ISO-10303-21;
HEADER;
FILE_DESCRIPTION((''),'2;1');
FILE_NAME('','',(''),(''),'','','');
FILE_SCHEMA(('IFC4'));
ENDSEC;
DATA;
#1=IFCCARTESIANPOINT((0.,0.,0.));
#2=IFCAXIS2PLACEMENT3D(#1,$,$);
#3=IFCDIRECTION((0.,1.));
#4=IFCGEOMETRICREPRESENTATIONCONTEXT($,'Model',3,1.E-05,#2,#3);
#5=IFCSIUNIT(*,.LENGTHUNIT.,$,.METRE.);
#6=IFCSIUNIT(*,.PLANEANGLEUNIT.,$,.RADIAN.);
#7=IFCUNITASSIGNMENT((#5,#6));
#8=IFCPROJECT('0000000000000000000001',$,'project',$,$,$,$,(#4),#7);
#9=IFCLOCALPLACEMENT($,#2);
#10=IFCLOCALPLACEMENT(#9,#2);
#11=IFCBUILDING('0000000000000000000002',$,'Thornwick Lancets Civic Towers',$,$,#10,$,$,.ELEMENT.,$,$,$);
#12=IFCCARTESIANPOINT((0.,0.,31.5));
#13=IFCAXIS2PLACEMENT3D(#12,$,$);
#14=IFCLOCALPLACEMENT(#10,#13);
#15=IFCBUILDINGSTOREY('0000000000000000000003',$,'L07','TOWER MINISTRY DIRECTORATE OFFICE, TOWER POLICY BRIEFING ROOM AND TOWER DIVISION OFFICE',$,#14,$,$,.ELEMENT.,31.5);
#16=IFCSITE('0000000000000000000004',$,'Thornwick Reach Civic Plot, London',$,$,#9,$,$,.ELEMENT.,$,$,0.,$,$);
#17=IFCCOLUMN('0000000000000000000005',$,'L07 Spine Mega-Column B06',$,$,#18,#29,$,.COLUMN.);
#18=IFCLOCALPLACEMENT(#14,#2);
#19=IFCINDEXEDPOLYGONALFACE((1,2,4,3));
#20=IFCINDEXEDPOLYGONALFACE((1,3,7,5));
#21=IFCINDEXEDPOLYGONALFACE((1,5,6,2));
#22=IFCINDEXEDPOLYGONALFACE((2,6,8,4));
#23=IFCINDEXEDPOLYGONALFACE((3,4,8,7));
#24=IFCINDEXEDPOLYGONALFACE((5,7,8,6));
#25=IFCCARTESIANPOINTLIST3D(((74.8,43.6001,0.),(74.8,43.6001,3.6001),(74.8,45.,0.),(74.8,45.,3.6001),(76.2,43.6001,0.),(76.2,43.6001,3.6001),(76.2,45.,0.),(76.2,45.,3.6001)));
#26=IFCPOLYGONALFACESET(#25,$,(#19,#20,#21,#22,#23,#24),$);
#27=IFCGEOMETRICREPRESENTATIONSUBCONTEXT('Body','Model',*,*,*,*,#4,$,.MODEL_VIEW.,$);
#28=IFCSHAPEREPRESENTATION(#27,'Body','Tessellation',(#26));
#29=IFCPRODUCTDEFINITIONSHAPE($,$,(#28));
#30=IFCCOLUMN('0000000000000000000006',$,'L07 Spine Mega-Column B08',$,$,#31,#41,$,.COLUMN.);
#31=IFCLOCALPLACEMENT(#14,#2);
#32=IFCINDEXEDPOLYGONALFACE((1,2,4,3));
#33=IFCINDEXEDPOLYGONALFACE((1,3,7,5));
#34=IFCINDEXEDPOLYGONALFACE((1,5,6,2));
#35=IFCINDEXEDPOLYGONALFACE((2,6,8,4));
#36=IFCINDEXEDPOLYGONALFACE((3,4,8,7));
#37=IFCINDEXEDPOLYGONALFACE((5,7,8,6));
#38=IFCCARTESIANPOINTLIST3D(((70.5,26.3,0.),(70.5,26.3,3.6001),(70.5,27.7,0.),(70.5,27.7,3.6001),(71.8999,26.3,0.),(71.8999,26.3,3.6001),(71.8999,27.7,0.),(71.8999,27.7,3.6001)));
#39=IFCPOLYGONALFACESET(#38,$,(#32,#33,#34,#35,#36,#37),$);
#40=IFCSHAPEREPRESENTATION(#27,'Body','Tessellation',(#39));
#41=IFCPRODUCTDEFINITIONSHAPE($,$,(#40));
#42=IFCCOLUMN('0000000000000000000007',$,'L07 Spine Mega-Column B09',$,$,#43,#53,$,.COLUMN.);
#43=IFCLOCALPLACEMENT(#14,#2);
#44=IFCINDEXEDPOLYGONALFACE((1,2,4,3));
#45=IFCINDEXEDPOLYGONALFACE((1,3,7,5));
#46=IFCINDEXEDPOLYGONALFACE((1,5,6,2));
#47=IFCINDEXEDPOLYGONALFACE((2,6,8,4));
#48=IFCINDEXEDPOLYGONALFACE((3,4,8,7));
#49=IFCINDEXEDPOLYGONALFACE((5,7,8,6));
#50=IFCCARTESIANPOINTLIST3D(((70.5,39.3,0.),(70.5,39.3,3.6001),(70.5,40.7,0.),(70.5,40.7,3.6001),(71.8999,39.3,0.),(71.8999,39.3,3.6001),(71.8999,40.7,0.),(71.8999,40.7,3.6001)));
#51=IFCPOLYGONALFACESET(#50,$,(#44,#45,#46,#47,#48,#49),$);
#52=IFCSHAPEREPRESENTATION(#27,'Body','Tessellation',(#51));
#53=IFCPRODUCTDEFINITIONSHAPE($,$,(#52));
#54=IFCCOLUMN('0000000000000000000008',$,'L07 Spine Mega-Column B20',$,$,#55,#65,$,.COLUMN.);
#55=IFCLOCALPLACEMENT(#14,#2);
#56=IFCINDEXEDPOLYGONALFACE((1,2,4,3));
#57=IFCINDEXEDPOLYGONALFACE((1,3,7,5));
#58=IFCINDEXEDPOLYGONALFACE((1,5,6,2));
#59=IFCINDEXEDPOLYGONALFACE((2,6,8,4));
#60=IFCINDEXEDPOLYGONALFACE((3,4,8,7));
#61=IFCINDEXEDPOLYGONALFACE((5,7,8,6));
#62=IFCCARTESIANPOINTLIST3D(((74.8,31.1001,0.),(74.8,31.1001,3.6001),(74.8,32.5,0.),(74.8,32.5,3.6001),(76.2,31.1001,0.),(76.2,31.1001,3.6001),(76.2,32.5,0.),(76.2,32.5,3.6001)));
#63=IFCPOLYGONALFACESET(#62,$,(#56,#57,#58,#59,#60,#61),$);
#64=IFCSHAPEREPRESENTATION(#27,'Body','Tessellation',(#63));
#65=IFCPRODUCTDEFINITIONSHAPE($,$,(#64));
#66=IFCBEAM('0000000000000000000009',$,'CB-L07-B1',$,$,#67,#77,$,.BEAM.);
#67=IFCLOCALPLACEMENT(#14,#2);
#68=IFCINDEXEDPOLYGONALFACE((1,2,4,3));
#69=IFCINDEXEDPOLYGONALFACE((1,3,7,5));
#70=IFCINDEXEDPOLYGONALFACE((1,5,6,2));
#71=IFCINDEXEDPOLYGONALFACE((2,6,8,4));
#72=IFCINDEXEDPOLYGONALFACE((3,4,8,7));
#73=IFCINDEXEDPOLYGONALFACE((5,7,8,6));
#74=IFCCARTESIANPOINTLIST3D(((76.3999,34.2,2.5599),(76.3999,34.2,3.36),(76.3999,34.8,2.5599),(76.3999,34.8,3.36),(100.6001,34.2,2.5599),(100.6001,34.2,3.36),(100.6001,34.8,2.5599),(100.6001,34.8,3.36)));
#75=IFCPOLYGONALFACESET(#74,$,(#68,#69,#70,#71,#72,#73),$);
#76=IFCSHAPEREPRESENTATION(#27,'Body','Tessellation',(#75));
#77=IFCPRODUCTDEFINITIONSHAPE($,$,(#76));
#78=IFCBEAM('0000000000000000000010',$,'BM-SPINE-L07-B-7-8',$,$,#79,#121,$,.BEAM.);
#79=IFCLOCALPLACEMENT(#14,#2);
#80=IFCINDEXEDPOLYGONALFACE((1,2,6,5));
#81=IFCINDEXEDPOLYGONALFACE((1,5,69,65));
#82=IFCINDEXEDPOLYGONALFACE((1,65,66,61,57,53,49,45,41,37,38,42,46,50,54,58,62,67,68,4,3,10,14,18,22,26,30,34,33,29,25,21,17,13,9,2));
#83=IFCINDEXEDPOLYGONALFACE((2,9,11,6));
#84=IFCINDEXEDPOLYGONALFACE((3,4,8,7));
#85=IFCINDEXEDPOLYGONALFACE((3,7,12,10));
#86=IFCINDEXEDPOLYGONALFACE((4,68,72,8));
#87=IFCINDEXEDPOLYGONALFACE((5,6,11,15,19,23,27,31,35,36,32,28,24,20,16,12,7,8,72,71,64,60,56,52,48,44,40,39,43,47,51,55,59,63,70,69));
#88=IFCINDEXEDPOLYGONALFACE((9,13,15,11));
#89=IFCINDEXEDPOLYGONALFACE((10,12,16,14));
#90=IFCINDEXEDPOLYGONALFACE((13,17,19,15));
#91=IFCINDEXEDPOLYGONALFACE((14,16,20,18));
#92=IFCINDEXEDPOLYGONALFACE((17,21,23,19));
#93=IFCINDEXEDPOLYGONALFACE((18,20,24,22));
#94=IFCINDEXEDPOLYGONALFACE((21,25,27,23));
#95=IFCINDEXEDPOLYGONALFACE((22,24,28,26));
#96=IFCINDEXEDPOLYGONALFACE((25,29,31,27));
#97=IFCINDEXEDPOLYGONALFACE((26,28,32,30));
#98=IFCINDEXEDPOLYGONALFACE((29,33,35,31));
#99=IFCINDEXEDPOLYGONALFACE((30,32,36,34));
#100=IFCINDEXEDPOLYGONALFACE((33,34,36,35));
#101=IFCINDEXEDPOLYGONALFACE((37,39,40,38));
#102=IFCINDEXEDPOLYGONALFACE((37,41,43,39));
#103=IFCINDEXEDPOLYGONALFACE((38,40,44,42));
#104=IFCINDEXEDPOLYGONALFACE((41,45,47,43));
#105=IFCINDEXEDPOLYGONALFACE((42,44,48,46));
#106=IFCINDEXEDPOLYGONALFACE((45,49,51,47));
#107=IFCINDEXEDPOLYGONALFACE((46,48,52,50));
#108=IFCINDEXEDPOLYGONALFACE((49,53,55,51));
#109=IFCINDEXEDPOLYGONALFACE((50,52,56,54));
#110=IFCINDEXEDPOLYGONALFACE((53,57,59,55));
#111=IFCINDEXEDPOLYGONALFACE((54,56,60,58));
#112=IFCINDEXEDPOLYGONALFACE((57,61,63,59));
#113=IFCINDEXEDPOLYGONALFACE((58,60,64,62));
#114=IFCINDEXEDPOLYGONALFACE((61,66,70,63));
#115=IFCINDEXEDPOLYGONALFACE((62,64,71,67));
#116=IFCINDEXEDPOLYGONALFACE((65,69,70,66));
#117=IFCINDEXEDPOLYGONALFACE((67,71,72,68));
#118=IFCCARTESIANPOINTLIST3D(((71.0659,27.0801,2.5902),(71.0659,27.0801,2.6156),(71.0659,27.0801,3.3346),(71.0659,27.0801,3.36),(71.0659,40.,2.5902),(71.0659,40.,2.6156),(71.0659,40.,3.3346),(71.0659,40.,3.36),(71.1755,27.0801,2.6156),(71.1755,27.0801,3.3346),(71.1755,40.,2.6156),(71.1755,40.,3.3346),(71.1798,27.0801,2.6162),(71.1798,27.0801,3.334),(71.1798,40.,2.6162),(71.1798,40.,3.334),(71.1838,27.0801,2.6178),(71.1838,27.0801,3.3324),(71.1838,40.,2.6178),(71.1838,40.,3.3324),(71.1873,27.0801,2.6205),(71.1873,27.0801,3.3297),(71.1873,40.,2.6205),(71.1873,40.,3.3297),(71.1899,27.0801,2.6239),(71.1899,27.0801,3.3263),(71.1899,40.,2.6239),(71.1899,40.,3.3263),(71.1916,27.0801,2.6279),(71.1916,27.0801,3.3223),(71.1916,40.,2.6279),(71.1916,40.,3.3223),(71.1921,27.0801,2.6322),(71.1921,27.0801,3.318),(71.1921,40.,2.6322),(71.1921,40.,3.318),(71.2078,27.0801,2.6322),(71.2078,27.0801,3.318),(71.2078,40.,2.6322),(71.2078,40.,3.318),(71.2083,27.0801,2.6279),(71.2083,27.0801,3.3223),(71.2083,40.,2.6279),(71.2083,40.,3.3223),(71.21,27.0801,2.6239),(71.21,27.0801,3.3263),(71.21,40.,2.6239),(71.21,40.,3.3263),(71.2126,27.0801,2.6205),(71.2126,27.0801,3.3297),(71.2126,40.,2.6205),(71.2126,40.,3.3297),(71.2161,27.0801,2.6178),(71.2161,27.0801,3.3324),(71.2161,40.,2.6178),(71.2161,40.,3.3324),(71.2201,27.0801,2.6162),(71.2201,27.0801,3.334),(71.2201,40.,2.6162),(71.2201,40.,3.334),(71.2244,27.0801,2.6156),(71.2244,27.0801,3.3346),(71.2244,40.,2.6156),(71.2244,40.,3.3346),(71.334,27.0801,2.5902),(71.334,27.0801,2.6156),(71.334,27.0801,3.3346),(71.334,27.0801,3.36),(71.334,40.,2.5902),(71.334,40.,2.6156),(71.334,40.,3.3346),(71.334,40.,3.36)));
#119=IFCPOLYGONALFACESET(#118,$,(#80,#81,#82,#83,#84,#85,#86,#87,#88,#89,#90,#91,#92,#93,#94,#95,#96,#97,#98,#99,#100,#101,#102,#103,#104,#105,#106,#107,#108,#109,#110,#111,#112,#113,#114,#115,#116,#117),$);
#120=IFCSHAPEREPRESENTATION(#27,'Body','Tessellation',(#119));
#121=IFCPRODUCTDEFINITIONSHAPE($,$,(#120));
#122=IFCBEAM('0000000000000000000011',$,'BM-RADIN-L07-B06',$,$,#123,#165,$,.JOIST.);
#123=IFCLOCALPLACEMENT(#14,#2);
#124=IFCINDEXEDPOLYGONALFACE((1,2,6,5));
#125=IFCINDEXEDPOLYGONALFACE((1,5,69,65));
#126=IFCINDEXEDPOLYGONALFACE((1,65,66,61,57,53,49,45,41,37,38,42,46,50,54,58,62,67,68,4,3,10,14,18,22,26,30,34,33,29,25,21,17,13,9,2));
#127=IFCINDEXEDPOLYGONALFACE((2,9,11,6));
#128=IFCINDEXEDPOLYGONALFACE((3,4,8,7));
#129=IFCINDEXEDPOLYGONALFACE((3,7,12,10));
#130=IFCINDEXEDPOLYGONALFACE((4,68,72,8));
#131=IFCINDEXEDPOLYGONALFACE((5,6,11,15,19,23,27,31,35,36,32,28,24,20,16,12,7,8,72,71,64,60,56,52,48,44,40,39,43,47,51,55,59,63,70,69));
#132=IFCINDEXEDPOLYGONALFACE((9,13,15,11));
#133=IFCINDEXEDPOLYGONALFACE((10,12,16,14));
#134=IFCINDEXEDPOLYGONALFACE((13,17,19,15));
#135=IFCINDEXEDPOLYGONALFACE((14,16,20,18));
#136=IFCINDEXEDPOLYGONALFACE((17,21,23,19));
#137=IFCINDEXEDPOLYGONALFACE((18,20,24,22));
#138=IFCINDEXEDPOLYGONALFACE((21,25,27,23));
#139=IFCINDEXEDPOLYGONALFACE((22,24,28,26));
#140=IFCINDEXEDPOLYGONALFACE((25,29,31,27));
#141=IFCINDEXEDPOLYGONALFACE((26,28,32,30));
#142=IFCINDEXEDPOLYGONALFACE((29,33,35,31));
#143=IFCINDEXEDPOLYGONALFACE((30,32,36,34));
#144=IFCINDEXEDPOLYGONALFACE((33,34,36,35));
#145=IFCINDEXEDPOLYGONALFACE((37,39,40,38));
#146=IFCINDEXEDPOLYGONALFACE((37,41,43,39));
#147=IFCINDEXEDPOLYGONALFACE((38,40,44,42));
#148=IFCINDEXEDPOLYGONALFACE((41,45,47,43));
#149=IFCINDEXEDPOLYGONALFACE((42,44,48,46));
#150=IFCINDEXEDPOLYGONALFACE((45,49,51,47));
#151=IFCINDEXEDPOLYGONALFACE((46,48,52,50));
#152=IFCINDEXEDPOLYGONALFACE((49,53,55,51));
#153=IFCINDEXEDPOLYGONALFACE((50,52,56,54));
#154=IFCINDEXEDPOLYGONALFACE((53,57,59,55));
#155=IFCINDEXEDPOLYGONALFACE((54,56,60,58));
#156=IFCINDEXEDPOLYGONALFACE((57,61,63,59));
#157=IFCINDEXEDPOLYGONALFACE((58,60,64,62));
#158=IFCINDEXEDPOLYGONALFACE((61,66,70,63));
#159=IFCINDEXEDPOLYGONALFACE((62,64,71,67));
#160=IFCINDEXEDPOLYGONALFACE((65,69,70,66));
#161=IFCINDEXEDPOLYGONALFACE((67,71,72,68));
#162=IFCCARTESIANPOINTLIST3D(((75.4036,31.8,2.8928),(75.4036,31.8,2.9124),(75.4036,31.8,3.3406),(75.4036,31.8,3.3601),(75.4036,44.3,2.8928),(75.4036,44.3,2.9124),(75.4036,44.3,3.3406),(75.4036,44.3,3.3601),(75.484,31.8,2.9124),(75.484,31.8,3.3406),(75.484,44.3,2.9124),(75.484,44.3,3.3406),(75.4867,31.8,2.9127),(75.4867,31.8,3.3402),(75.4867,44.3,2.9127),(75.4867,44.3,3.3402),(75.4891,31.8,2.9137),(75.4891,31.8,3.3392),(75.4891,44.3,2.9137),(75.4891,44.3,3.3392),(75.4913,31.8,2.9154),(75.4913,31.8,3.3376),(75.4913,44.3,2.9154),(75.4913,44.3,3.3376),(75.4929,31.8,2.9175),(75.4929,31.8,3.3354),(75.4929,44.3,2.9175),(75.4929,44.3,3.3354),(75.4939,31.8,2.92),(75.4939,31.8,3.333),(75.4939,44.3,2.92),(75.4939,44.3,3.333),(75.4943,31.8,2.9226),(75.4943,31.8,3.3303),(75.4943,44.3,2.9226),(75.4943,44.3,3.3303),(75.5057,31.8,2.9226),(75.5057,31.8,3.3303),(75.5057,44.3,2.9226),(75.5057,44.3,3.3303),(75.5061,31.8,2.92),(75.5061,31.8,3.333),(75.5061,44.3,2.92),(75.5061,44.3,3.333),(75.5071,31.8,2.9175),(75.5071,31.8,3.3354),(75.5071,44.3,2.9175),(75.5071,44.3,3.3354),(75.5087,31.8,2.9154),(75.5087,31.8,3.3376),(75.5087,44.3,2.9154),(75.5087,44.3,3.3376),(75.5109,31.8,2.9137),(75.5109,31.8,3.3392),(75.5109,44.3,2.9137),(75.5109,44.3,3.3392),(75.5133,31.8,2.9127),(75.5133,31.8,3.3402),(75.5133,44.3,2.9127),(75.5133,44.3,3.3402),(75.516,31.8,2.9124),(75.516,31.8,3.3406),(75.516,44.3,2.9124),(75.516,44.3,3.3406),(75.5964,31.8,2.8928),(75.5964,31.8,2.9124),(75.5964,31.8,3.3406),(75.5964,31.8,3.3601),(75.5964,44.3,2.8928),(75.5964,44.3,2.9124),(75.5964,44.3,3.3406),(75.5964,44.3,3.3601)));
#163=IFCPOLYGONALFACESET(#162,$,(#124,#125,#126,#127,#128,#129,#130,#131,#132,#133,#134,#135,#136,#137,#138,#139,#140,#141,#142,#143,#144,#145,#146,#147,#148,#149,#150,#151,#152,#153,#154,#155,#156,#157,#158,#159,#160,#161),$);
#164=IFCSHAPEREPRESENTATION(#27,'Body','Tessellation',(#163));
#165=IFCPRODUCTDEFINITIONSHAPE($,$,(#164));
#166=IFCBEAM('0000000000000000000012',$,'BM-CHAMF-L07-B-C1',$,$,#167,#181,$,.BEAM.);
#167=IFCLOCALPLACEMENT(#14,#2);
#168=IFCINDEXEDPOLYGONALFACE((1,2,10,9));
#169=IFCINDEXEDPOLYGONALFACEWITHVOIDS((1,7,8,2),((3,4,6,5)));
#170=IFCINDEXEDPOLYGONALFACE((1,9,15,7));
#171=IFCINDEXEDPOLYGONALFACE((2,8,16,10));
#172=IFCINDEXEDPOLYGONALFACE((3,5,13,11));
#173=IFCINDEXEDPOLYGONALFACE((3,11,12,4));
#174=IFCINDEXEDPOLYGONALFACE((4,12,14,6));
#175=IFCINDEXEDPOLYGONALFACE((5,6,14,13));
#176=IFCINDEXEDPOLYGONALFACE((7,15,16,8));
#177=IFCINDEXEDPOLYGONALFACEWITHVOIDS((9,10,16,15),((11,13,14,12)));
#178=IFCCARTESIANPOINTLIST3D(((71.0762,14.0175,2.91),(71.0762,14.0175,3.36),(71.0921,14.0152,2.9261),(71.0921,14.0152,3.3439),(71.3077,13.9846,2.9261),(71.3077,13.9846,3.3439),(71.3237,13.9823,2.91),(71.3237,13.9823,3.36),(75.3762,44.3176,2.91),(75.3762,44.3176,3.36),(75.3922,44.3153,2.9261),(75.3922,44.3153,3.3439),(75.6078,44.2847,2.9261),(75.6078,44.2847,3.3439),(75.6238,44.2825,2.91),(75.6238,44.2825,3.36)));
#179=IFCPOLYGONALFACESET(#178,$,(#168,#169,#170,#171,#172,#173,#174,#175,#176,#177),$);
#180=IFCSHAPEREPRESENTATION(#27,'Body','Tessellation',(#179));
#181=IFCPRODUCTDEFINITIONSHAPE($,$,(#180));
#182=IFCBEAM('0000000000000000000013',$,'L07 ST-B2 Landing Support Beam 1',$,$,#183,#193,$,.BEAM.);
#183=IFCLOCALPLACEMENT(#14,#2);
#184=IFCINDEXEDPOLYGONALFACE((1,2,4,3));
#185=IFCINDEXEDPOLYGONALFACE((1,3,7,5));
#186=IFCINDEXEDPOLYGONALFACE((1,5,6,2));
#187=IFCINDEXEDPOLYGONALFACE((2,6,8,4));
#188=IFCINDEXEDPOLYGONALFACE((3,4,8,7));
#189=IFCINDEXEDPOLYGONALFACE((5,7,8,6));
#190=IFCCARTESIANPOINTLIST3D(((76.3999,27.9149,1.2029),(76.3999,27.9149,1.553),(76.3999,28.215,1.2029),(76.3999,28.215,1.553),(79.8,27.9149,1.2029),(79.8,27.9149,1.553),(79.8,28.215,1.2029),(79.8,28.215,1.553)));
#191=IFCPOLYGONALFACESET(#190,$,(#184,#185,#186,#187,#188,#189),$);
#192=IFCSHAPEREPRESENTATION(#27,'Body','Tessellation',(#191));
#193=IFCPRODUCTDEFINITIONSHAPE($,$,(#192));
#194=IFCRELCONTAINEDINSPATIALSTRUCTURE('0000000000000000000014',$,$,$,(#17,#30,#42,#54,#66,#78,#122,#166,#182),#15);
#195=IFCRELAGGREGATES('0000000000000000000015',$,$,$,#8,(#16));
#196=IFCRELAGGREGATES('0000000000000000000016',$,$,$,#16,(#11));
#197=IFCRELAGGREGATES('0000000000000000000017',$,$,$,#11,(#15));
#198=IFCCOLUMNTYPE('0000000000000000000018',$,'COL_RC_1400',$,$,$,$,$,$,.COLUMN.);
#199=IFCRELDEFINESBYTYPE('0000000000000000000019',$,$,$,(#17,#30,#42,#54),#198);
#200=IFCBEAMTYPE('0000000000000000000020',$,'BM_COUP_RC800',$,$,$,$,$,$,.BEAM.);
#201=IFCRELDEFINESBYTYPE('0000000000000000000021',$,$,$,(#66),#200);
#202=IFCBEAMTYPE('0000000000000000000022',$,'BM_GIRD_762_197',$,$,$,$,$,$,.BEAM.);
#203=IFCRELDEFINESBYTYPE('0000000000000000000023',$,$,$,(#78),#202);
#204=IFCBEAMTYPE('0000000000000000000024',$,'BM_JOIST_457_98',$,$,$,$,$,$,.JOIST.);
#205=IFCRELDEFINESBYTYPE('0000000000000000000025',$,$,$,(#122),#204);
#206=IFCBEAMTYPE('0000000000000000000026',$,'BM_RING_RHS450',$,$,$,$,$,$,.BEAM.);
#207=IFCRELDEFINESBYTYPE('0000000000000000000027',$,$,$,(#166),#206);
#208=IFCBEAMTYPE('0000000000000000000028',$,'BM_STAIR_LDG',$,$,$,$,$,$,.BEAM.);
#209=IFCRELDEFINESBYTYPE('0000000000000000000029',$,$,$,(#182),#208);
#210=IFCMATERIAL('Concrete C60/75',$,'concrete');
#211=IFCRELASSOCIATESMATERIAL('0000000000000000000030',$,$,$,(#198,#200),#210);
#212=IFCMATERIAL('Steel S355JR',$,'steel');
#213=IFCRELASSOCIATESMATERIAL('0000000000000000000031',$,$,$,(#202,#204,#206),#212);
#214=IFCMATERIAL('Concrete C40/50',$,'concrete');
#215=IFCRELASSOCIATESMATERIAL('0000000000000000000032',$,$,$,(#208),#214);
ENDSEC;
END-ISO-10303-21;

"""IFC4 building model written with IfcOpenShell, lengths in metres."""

from ifc_helpers import new_model, si_unit, direction, frame, origin, origin_2d, place, context, subcontext, project, spatial, rectangle, hollow_rectangle, i_section, extrude, material, material_profile, profile_set, type_object, element, save


model = new_model("IFC4")

# Units and contexts
model_context = context("Model", 3, precision=1e-05, world=origin(), true_north=direction((0.0, 1.0)))
body_context = subcontext(model_context, "Body", "Model", "MODEL_VIEW")
ifc_project = project(units=[si_unit("LENGTHUNIT", "METRE"), si_unit("PLANEANGLEUNIT", "RADIAN")], contexts=[model_context])

# Site, building, storey
site_placement = place(None, origin())
site = spatial("IfcSite", under=ifc_project, at=site_placement, Name="Thornwick Reach Civic Plot, London", CompositionType="ELEMENT", RefElevation=0.0)
building_placement = place(site_placement, origin())
building = spatial("IfcBuilding", under=site, at=building_placement, Name="Thornwick Lancets Civic Towers", CompositionType="ELEMENT")
storey_placement = place(building_placement, frame((0.0, 0.0, 31.5)))
storey = spatial("IfcBuildingStorey", under=building, at=storey_placement, Name="L07", Description="TOWER MINISTRY DIRECTORATE OFFICE, TOWER POLICY BRIEFING ROOM AND TOWER DIVISION OFFICE", CompositionType="ELEMENT", Elevation=31.5)

# Columns
ifc_material_1 = material(Name="Concrete C60/75", Category="concrete")
ifc_material_profile_1 = material_profile(ifc_material_1, rectangle(XDim=1.3999, YDim=1.3999, at=origin_2d()), Name="RC 1400x1400")
ifc_profile_set_1 = profile_set([ifc_material_profile_1], Name="Concrete C60/75")
column_type = type_object("IfcColumnType", Name="COL_RC_1400", PredefinedType="COLUMN", material=ifc_profile_set_1)
for number, where, z_axis, x_axis, name in (
    (1, (75.5, 44.3, 0.0), (0.0, 0.0, 1.0), (1.0, 0.0, 0.0), "L07 Spine Mega-Column B06"),
    (2, (71.2, 27.0, 0.0), (0.0, 0.0, 1.0), (1.0, 0.0, 0.0), "L07 Spine Mega-Column B08"),
    (3, (71.2, 40.0, 0.0), (0.0, 0.0, 1.0), (1.0, 0.0, 0.0), "L07 Spine Mega-Column B09"),
    (4, (75.5, 31.8, 0.0), (0.0, 0.0, 1.0), (1.0, 0.0, 0.0), "L07 Spine Mega-Column B20"),
):
    element("IfcColumn", number, at=place(storey_placement, frame(where, z_axis=z_axis, x_axis=x_axis)), inside=storey, type_object=column_type, Name=name, PredefinedType="COLUMN", context=body_context, shape_type="SweptSolid", body=[
        extrude(rectangle(XDim=1.3999, YDim=1.3999, at=origin_2d()), origin(), (0.0, 0.0, 1.0), 3.6001),
    ])

# Beams
ifc_material_profile_2 = material_profile(ifc_material_1, rectangle(XDim=0.6001, YDim=0.8, at=origin_2d()), Name="RC 600x800")
ifc_profile_set_2 = profile_set([ifc_material_profile_2], Name="Concrete C60/75")
beam_type_1 = type_object("IfcBeamType", Name="BM_COUP_RC800", PredefinedType="BEAM", material=ifc_profile_set_2)
beam_1_placement = place(storey_placement, frame((76.3999, 34.5, 2.96), z_axis=(1.0, 0.0, 0.0), x_axis=(0.0, 1.0, 0.0)))
element("IfcBeam", 5, at=beam_1_placement, inside=storey, type_object=beam_type_1, Name="CB-L07-B1", PredefinedType="BEAM", context=body_context, shape_type="SweptSolid", body=[
    extrude(rectangle(XDim=0.6001, YDim=0.8, at=origin_2d()), origin(), (0.0, 0.0, 1.0), 24.2002),
])
ifc_material_2 = material(Name="Steel S355JR", Category="steel")
ifc_material_profile_3 = material_profile(ifc_material_2, i_section(OverallWidth=0.2681, OverallDepth=0.7698, WebThickness=0.0156, FlangeThickness=0.0254, FilletRadius=0.0166, at=origin_2d()), Name="UKB 762x267x197")
ifc_profile_set_3 = profile_set([ifc_material_profile_3], Name="Steel S355JR")
beam_type_2 = type_object("IfcBeamType", Name="BM_GIRD_762_197", PredefinedType="BEAM", material=ifc_profile_set_3)
beam_2_placement = place(storey_placement, frame((71.2, 27.0801, 2.9751), z_axis=(0.0, 1.0, 0.0), x_axis=(-1.0, 0.0, 0.0)))
element("IfcBeam", 6, at=beam_2_placement, inside=storey, type_object=beam_type_2, Name="BM-SPINE-L07-B-7-8", PredefinedType="BEAM", context=body_context, shape_type="SweptSolid", body=[
    extrude(i_section(OverallWidth=0.2681, OverallDepth=0.7698, WebThickness=0.0156, FlangeThickness=0.0254, FilletRadius=0.0166, at=origin_2d()), origin(), (0.0, 0.0, 1.0), 12.9199),
])
ifc_material_profile_4 = material_profile(ifc_material_2, i_section(OverallWidth=0.1929, OverallDepth=0.4673, WebThickness=0.0115, FlangeThickness=0.0195, FilletRadius=0.0103, at=origin_2d()), Name="UKB 457x191x98")
ifc_profile_set_4 = profile_set([ifc_material_profile_4], Name="Steel S355JR")
beam_type_3 = type_object("IfcBeamType", Name="BM_JOIST_457_98", PredefinedType="JOIST", material=ifc_profile_set_4)
beam_3_placement = place(storey_placement, frame((75.5, 31.8, 3.1265), z_axis=(0.0, 1.0, 0.0), x_axis=(-1.0, 0.0, 0.0)))
element("IfcBeam", 7, at=beam_3_placement, inside=storey, type_object=beam_type_3, Name="BM-RADIN-L07-B06", PredefinedType="JOIST", context=body_context, shape_type="SweptSolid", body=[
    extrude(i_section(OverallWidth=0.1929, OverallDepth=0.4673, WebThickness=0.0115, FlangeThickness=0.0195, FilletRadius=0.0103, at=origin_2d()), origin(), (0.0, 0.0, 1.0), 12.5),
])
ifc_material_profile_5 = material_profile(ifc_material_2, hollow_rectangle(XDim=0.25, YDim=0.45, WallThickness=0.0161, at=origin_2d()), Name="RHS 450x250x16")
ifc_profile_set_5 = profile_set([ifc_material_profile_5], Name="Steel S355JR")
beam_type_4 = type_object("IfcBeamType", Name="BM_RING_RHS450", PredefinedType="BEAM", material=ifc_profile_set_5)
beam_4_placement = place(storey_placement, frame((75.5, 44.3, 3.135), z_axis=(-0.140508, -0.99008, 0.0), x_axis=(0.99008, -0.140508, 0.0)))
element("IfcBeam", 8, at=beam_4_placement, inside=storey, type_object=beam_type_4, Name="BM-CHAMF-L07-B-C1", PredefinedType="BEAM", context=body_context, shape_type="SweptSolid", body=[
    extrude(hollow_rectangle(XDim=0.25, YDim=0.45, WallThickness=0.0161, at=origin_2d()), origin(), (0.0, 0.0, 1.0), 30.6038),
])
ifc_material_3 = material(Name="Concrete C40/50", Category="concrete")
ifc_material_profile_6 = material_profile(ifc_material_3, rectangle(XDim=0.3, YDim=0.3501, at=origin_2d()), Name="RC 300x350")
ifc_profile_set_6 = profile_set([ifc_material_profile_6], Name="Concrete C40/50")
beam_type_5 = type_object("IfcBeamType", Name="BM_STAIR_LDG", PredefinedType="BEAM", material=ifc_profile_set_6)
beam_5_placement = place(storey_placement, frame((76.3999, 28.0649, 1.3779), z_axis=(1.0, 0.0, 0.0), x_axis=(0.0, 1.0, 0.0)))
element("IfcBeam", 9, at=beam_5_placement, inside=storey, type_object=beam_type_5, Name="L07 ST-B2 Landing Support Beam 1", PredefinedType="BEAM", context=body_context, shape_type="SweptSolid", body=[
    extrude(rectangle(XDim=0.3, YDim=0.3501, at=origin_2d()), origin(), (0.0, 0.0, 1.0), 3.4001),
])

save(model, "model.ifc")
